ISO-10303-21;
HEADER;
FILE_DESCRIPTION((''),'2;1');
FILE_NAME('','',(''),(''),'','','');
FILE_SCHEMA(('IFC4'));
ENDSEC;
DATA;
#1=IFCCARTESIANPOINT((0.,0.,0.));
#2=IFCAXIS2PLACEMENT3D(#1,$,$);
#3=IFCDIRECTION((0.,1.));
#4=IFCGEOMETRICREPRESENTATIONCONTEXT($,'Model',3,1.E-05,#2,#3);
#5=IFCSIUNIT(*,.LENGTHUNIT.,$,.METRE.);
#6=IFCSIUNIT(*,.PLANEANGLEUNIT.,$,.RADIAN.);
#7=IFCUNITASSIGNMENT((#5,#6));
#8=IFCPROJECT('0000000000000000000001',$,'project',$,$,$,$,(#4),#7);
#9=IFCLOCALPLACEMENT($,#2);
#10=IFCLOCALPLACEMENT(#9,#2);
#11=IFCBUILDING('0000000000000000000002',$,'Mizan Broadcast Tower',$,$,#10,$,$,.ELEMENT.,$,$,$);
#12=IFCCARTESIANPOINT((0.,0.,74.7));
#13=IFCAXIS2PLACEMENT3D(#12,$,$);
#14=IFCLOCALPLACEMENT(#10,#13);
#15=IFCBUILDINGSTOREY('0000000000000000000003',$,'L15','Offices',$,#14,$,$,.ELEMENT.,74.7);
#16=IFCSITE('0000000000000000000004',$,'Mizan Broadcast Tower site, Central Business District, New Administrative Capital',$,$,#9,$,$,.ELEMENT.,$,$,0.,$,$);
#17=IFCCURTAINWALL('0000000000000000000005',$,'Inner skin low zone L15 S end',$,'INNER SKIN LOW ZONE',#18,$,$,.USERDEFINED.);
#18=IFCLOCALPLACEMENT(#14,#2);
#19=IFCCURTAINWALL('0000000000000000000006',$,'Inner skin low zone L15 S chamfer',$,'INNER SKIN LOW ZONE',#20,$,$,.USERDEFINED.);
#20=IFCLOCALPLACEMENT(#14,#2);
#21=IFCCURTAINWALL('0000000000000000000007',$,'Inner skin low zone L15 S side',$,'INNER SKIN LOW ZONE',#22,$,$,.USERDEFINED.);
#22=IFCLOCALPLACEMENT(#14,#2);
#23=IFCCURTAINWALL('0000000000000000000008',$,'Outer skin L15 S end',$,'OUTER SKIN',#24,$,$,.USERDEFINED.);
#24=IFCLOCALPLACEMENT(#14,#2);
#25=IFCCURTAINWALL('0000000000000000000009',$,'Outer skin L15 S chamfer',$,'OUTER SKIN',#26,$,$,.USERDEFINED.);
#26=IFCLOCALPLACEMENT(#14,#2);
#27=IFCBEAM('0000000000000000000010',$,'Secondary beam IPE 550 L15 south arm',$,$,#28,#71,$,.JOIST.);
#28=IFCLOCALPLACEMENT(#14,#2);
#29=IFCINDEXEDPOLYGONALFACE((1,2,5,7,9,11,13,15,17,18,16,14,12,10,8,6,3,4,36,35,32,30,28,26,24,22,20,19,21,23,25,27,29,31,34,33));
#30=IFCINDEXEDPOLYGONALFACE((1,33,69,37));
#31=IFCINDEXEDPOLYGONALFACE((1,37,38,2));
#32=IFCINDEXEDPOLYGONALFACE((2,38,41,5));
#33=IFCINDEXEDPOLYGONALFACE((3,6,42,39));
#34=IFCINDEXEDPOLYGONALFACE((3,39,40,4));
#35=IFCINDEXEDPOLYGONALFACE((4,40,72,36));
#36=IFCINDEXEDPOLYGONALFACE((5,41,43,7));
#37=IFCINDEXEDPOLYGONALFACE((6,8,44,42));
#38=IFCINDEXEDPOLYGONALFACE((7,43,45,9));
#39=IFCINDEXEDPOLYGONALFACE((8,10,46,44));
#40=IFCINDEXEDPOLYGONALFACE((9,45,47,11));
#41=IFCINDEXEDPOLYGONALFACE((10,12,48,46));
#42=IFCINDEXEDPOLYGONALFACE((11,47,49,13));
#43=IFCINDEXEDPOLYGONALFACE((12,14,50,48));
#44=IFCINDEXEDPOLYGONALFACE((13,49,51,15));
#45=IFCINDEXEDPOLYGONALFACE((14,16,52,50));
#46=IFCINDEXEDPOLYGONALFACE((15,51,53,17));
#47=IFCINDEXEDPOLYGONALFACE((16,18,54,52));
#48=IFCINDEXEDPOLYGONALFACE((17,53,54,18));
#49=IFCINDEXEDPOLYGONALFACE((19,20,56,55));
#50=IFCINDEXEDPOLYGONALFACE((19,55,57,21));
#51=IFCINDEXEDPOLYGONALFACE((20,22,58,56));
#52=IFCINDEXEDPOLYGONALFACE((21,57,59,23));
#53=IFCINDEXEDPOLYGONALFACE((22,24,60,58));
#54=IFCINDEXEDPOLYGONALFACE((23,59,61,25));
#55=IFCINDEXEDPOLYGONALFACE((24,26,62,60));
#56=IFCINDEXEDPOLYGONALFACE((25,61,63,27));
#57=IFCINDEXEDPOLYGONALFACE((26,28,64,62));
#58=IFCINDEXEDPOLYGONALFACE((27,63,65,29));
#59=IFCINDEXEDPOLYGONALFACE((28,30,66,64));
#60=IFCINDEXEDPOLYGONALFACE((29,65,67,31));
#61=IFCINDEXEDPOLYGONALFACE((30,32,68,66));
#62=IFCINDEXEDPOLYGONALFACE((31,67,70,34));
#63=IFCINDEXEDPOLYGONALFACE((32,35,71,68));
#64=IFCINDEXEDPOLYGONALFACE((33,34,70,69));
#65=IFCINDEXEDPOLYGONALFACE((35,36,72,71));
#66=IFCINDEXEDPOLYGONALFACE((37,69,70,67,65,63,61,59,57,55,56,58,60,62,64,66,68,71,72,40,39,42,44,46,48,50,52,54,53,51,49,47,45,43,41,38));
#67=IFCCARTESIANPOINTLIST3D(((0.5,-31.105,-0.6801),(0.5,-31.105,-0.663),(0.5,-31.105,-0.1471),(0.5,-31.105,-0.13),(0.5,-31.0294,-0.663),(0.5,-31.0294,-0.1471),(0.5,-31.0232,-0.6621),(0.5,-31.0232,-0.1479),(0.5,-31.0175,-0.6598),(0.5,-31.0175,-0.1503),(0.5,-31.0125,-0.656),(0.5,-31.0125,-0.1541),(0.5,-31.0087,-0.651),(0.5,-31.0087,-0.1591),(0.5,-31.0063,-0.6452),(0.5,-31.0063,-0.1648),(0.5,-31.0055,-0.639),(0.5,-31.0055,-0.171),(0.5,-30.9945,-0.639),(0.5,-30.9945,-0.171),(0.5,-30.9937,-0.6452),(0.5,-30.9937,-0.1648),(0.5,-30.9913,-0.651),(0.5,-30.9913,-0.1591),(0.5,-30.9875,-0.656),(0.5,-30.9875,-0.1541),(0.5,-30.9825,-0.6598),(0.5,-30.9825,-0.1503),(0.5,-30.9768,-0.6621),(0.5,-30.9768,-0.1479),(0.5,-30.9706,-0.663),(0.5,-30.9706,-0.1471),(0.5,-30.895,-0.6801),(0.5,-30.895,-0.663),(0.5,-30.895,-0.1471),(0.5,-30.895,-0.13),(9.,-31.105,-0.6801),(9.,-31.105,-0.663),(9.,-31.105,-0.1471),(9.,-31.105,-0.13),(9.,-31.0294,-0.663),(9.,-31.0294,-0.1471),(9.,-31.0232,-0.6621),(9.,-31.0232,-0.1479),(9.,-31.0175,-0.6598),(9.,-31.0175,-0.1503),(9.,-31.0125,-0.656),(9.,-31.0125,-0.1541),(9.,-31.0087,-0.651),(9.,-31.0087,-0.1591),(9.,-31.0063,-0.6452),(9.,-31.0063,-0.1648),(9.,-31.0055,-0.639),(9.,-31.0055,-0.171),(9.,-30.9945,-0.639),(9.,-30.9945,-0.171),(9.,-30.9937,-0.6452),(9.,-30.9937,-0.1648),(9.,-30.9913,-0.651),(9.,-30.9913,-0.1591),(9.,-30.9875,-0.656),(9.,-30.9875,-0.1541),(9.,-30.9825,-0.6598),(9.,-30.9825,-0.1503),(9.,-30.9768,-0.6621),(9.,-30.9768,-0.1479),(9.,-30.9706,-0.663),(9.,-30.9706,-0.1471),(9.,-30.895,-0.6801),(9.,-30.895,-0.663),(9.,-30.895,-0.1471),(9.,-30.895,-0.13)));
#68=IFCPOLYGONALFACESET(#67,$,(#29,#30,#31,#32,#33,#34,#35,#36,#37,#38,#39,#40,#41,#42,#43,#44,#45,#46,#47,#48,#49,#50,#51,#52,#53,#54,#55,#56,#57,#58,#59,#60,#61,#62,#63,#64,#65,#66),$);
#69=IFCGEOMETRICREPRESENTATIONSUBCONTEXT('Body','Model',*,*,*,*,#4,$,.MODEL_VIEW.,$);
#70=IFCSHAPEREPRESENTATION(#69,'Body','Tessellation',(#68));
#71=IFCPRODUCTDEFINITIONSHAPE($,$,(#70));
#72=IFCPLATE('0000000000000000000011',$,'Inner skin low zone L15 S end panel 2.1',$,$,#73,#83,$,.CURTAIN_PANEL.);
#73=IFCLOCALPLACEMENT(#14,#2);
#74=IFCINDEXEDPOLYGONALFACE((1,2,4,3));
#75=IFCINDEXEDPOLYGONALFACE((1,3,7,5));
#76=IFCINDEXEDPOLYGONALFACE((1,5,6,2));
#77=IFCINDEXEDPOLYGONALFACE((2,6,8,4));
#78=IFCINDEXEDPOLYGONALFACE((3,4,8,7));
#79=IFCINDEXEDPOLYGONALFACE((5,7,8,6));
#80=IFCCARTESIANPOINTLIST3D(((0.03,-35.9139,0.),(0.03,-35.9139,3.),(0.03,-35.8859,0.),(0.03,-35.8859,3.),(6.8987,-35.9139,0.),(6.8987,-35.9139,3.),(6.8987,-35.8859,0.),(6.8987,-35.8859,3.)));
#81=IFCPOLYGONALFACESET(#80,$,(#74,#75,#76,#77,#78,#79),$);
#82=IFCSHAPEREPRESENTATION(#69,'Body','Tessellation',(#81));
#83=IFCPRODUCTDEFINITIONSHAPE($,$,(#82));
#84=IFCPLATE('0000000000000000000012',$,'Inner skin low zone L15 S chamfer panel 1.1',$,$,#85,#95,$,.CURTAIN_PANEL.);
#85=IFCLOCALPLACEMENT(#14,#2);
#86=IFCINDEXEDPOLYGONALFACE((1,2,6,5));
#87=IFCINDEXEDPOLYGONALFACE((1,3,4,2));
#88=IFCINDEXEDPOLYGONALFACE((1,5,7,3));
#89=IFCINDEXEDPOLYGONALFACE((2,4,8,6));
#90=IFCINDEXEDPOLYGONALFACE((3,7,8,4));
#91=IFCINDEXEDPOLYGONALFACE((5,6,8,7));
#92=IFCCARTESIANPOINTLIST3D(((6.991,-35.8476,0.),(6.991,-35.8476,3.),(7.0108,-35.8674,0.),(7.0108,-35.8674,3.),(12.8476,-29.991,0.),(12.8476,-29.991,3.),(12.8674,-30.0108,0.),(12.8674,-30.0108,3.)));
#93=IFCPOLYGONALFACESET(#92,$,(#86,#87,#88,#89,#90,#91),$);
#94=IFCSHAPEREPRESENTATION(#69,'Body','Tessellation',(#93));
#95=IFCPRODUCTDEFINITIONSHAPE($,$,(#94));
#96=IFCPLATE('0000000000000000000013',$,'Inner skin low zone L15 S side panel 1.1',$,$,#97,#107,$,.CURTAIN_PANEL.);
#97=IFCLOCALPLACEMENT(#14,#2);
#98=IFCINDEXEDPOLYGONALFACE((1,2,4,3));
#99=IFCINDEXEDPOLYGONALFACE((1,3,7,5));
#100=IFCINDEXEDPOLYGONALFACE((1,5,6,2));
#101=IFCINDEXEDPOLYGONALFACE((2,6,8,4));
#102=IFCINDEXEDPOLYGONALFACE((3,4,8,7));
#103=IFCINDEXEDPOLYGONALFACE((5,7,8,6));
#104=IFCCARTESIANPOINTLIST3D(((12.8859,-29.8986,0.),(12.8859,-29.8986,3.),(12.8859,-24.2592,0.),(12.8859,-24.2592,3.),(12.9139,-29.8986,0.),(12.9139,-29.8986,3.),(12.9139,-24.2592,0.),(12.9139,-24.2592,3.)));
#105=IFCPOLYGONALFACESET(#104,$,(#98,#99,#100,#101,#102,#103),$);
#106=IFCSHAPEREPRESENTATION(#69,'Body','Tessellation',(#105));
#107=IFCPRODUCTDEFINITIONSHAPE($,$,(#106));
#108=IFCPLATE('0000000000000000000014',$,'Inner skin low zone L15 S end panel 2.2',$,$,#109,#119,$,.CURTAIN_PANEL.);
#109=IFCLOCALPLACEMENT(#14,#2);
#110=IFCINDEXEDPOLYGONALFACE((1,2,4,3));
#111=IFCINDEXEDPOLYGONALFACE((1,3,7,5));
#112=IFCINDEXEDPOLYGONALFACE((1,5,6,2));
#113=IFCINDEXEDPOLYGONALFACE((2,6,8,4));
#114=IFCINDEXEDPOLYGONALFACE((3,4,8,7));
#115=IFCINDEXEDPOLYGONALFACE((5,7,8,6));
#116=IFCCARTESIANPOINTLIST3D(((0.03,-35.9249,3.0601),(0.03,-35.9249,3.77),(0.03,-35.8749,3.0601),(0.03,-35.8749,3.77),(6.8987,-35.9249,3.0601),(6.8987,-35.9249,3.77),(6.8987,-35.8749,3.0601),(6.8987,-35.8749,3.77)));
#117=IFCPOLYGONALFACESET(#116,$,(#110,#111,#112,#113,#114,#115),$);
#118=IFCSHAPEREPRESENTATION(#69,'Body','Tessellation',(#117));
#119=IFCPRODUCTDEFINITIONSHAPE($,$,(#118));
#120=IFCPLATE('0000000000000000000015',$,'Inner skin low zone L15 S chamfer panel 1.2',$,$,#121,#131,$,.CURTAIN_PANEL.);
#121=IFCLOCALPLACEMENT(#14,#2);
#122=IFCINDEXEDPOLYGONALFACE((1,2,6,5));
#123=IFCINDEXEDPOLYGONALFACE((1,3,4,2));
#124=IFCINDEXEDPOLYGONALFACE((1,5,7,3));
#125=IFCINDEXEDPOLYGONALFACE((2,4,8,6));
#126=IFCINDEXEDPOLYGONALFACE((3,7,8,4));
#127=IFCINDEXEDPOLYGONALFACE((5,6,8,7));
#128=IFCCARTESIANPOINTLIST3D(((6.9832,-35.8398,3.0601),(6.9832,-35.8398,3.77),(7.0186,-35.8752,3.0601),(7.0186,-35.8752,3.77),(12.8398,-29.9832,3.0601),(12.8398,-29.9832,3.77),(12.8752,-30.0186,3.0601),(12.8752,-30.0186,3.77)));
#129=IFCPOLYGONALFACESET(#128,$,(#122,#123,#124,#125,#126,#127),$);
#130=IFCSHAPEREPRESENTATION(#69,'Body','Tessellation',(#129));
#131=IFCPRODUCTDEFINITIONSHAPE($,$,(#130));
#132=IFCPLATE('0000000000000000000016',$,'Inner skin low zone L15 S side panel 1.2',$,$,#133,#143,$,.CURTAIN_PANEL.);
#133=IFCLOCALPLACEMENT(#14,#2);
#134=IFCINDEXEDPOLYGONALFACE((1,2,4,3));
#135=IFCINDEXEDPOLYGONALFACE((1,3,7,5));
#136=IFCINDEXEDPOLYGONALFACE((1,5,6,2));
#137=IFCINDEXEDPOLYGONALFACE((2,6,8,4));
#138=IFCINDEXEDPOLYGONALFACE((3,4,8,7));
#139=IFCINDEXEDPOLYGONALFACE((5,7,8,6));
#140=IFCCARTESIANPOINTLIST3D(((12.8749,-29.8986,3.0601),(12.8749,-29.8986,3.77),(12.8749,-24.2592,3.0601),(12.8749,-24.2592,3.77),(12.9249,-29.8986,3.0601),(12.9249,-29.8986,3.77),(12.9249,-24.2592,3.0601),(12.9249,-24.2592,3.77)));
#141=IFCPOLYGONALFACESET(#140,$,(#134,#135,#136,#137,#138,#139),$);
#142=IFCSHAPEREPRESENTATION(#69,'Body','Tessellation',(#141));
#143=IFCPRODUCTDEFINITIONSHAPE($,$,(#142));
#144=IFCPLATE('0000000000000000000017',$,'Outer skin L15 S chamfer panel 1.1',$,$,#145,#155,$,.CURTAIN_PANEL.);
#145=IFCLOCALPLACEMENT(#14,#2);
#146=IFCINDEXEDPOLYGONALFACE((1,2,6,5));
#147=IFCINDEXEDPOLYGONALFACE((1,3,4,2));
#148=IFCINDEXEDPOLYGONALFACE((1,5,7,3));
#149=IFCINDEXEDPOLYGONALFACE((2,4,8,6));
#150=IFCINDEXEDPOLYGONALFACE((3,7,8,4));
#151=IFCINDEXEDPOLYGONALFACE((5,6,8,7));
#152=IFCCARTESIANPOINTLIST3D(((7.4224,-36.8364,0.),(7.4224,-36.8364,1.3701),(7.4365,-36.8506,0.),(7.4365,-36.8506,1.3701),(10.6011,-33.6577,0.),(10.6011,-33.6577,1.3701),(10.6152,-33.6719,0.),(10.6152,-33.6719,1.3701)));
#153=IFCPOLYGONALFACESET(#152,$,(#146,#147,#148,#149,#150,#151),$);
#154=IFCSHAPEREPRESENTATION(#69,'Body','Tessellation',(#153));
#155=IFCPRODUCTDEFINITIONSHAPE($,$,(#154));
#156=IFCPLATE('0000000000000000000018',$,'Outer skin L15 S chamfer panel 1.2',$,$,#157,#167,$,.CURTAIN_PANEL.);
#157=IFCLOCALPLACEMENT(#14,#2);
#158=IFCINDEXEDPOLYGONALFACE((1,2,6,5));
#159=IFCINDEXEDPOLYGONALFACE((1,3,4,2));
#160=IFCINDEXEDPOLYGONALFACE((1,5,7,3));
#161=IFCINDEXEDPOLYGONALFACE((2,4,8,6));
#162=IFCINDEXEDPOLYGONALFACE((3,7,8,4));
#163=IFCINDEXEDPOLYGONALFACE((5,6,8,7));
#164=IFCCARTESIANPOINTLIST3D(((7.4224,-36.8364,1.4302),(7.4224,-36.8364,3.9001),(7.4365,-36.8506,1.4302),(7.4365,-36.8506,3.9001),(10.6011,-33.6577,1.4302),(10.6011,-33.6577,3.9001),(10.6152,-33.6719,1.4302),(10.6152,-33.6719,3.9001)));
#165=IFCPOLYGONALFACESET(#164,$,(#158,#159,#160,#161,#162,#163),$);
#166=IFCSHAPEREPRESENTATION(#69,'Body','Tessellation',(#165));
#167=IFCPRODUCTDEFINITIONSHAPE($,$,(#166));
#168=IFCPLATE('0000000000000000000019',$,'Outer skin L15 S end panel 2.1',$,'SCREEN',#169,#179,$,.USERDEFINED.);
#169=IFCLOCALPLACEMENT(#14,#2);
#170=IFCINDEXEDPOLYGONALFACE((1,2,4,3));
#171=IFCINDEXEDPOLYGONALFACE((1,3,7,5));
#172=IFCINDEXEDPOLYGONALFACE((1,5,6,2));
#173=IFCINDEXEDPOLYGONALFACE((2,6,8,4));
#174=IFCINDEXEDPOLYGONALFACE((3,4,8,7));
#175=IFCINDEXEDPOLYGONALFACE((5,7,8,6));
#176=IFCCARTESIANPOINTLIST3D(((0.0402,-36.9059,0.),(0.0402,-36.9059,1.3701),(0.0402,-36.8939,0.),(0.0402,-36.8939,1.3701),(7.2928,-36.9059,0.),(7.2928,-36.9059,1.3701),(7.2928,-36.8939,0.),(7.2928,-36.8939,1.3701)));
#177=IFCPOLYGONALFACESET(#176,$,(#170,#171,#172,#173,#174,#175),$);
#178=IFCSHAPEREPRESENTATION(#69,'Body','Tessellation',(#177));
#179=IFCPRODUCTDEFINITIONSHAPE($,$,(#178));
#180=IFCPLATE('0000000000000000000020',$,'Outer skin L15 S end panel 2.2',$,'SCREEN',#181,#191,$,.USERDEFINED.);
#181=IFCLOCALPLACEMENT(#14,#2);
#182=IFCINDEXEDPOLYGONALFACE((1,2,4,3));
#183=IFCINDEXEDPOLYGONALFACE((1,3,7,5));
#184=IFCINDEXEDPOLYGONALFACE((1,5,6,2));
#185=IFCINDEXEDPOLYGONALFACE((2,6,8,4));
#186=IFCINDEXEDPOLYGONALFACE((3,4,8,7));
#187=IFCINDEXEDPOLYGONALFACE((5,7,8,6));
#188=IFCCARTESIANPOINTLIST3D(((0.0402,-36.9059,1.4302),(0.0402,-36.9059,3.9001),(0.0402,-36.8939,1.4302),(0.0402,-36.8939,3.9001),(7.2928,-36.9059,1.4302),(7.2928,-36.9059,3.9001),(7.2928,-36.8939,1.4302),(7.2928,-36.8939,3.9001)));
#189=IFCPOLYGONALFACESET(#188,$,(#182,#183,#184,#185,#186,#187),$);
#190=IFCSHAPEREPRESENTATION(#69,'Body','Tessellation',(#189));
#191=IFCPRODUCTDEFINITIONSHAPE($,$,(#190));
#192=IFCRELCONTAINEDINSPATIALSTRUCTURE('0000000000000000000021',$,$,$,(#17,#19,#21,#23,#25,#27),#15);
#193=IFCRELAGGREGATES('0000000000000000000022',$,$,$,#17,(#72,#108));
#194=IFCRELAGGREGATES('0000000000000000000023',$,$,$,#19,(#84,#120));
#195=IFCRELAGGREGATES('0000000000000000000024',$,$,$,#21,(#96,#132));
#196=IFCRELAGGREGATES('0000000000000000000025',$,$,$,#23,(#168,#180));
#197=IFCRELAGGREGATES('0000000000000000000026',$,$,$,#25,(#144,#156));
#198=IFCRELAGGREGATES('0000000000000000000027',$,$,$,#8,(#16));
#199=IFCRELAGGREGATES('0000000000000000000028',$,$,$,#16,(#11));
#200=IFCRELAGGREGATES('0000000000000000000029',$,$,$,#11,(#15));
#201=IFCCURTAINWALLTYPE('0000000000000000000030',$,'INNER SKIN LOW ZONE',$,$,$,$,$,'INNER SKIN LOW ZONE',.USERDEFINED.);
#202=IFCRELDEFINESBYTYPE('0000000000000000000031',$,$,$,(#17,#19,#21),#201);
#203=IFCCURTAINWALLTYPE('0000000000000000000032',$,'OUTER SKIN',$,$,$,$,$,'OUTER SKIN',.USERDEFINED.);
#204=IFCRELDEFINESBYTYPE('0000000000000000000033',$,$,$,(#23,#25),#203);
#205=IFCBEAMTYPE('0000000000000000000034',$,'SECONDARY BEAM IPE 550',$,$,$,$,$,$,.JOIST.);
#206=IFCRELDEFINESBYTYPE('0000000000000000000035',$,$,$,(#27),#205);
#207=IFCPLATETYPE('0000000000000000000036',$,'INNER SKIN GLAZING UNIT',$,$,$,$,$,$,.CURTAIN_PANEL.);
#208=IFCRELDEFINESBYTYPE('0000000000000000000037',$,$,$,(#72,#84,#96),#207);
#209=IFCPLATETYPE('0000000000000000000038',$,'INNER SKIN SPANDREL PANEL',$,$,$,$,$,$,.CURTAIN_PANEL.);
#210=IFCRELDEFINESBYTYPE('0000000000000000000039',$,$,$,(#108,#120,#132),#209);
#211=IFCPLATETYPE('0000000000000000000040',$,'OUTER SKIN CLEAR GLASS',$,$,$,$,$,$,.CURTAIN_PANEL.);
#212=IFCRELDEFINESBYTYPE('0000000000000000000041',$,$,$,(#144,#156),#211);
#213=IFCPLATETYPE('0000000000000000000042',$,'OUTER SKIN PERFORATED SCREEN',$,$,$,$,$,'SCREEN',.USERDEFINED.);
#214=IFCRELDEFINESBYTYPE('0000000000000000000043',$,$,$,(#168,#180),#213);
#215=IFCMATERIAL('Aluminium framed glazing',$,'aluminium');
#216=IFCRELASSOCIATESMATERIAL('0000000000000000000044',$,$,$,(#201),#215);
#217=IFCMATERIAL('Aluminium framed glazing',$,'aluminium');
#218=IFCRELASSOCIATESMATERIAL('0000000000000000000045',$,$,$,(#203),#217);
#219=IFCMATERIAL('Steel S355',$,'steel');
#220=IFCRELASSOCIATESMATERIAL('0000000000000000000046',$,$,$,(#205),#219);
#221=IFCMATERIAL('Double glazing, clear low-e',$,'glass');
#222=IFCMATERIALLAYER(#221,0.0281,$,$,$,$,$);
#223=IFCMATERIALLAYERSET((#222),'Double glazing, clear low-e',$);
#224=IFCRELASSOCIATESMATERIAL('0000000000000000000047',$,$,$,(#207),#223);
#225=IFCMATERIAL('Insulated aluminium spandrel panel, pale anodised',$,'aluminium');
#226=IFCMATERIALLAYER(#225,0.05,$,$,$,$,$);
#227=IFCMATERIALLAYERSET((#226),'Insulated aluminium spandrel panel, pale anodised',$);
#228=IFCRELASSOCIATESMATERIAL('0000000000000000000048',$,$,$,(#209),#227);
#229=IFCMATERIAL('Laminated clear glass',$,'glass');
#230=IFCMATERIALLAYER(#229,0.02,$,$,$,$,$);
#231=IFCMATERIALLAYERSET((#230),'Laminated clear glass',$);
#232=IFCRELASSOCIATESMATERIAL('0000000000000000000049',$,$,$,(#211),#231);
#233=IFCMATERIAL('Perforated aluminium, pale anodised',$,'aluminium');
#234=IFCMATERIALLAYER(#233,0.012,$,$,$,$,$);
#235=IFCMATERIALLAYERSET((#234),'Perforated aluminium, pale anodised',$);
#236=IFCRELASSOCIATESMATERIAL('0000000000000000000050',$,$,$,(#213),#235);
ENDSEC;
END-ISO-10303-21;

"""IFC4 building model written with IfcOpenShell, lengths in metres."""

from ifc_helpers import new_model, si_unit, direction, frame, origin, origin_2d, place, context, subcontext, project, spatial, rectangle, i_section, extrude, material, layer, layer_set, material_profile, profile_set, type_object, element, aggregate, save


model = new_model("IFC4")

# Units and contexts
model_context = context("Model", 3, precision=1e-05, world=origin(), true_north=direction((0.0, 1.0)))
body_context = subcontext(model_context, "Body", "Model", "MODEL_VIEW")
ifc_project = project(units=[si_unit("LENGTHUNIT", "METRE"), si_unit("PLANEANGLEUNIT", "RADIAN")], contexts=[model_context])

# Site, building, storey
site_placement = place(None, origin())
site = spatial("IfcSite", under=ifc_project, at=site_placement, Name="Mizan Broadcast Tower site, Central Business District, New Administrative Capital", CompositionType="ELEMENT", RefElevation=0.0)
building_placement = place(site_placement, origin())
building = spatial("IfcBuilding", under=site, at=building_placement, Name="Mizan Broadcast Tower", CompositionType="ELEMENT")
storey_placement = place(building_placement, frame((0.0, 0.0, 74.7)))
storey = spatial("IfcBuildingStorey", under=building, at=storey_placement, Name="L15", Description="Offices", CompositionType="ELEMENT", Elevation=74.7)

# Curtain wall
ifc_material_1 = material(Name="Aluminium framed glazing", Category="aluminium")
curtain_wall_type_1 = type_object("IfcCurtainWallType", Name="INNER SKIN LOW ZONE", ElementType="INNER SKIN LOW ZONE", PredefinedType="USERDEFINED", material=ifc_material_1)
curtain_wall_1_placement = place(storey_placement, origin())
curtain_wall_1 = element("IfcCurtainWall", 1, at=curtain_wall_1_placement, inside=storey, type_object=curtain_wall_type_1, Name="Inner skin low zone L15 S end", ObjectType="INNER SKIN LOW ZONE", PredefinedType="USERDEFINED")

# Curtain walls
curtain_wall_2_placement = place(storey_placement, origin())
curtain_wall_2 = element("IfcCurtainWall", 2, at=curtain_wall_2_placement, inside=storey, type_object=curtain_wall_type_1, Name="Inner skin low zone L15 S chamfer", ObjectType="INNER SKIN LOW ZONE", PredefinedType="USERDEFINED")
curtain_wall_3_placement = place(storey_placement, origin())
curtain_wall_3 = element("IfcCurtainWall", 3, at=curtain_wall_3_placement, inside=storey, type_object=curtain_wall_type_1, Name="Inner skin low zone L15 S side", ObjectType="INNER SKIN LOW ZONE", PredefinedType="USERDEFINED")

# Curtain wall
ifc_material_2 = material(Name="Aluminium framed glazing", Category="aluminium")
curtain_wall_type_2 = type_object("IfcCurtainWallType", Name="OUTER SKIN", ElementType="OUTER SKIN", PredefinedType="USERDEFINED", material=ifc_material_2)
curtain_wall_4_placement = place(storey_placement, origin())
curtain_wall_4 = element("IfcCurtainWall", 4, at=curtain_wall_4_placement, inside=storey, type_object=curtain_wall_type_2, Name="Outer skin L15 S end", ObjectType="OUTER SKIN", PredefinedType="USERDEFINED")

# Curtain wall
curtain_wall_5_placement = place(storey_placement, origin())
curtain_wall_5 = element("IfcCurtainWall", 5, at=curtain_wall_5_placement, inside=storey, type_object=curtain_wall_type_2, Name="Outer skin L15 S chamfer", ObjectType="OUTER SKIN", PredefinedType="USERDEFINED")

# Beam
ifc_material_3 = material(Name="Steel S355", Category="steel")
ifc_material_profile_1 = material_profile(ifc_material_3, i_section(OverallWidth=0.21, OverallDepth=0.55, WebThickness=0.011, FlangeThickness=0.0171, FilletRadius=0.0239, at=origin_2d()), Name="IPE 550")
ifc_profile_set_1 = profile_set([ifc_material_profile_1], Name="Steel S355")
beam_type_1 = type_object("IfcBeamType", Name="SECONDARY BEAM IPE 550", PredefinedType="JOIST", material=ifc_profile_set_1)
beam_1_placement = place(storey_placement, frame((9.0, -31.0, -0.405), z_axis=(-1.0, 0.0, 0.0), x_axis=(0.0, -1.0, 0.0)))
element("IfcBeam", 6, at=beam_1_placement, inside=storey, type_object=beam_type_1, Name="Secondary beam IPE 550 L15 south arm", PredefinedType="JOIST", context=body_context, shape_type="SweptSolid", body=[
    extrude(i_section(OverallWidth=0.21, OverallDepth=0.55, WebThickness=0.011, FlangeThickness=0.0171, FilletRadius=0.0239, at=origin_2d()), origin(), (0.0, 0.0, 1.0), 8.5),
])

# Plates
ifc_material_4 = material(Name="Double glazing, clear low-e", Category="glass")
ifc_layer_1 = layer(ifc_material_4, 0.0281)
ifc_layer_set_1 = layer_set([ifc_layer_1], Name="Double glazing, clear low-e")
plate_type_1 = type_object("IfcPlateType", Name="INNER SKIN GLAZING UNIT", PredefinedType="CURTAIN_PANEL", material=ifc_layer_set_1)
plate_1_placement = place(storey_placement, frame((3.4644, -35.8999, 0.0), z_axis=(0.0, 0.0, 1.0), x_axis=(1.0, 0.0, 0.0)))
plate_1 = element("IfcPlate", 7, at=plate_1_placement, type_object=plate_type_1, Name="Inner skin low zone L15 S end panel 2.1", PredefinedType="CURTAIN_PANEL", context=body_context, shape_type="SweptSolid", body=[
    extrude(rectangle(XDim=6.8687, YDim=0.0281, at=origin_2d()), origin(), (0.0, 0.0, 1.0), 3.0),
])
plate_2_placement = place(storey_placement, frame((9.9292, -32.9292, 0.0), z_axis=(0.0, 0.0, 1.0), x_axis=(0.707107, 0.707107, 0.0)))
plate_2 = element("IfcPlate", 8, at=plate_2_placement, type_object=plate_type_1, Name="Inner skin low zone L15 S chamfer panel 1.1", PredefinedType="CURTAIN_PANEL", context=body_context, shape_type="SweptSolid", body=[
    extrude(rectangle(XDim=8.2825, YDim=0.0281, at=origin_2d()), origin(), (0.0, 0.0, 1.0), 3.0),
])
plate_3_placement = place(storey_placement, frame((12.8999, -27.0789, 0.0), z_axis=(0.0, 0.0, 1.0), x_axis=(0.0, 1.0, 0.0)))
plate_3 = element("IfcPlate", 9, at=plate_3_placement, type_object=plate_type_1, Name="Inner skin low zone L15 S side panel 1.1", PredefinedType="CURTAIN_PANEL", context=body_context, shape_type="SweptSolid", body=[
    extrude(rectangle(XDim=5.6394, YDim=0.0281, at=origin_2d()), origin(), (0.0, 0.0, 1.0), 3.0),
])
ifc_material_5 = material(Name="Insulated aluminium spandrel panel, pale anodised", Category="aluminium")
ifc_layer_2 = layer(ifc_material_5, 0.05)
ifc_layer_set_2 = layer_set([ifc_layer_2], Name="Insulated aluminium spandrel panel, pale anodised")
plate_type_2 = type_object("IfcPlateType", Name="INNER SKIN SPANDREL PANEL", PredefinedType="CURTAIN_PANEL", material=ifc_layer_set_2)
plate_4_placement = place(storey_placement, frame((3.4644, -35.8999, 3.0601), z_axis=(0.0, 0.0, 1.0), x_axis=(1.0, 0.0, 0.0)))
plate_4 = element("IfcPlate", 10, at=plate_4_placement, type_object=plate_type_2, Name="Inner skin low zone L15 S end panel 2.2", PredefinedType="CURTAIN_PANEL", context=body_context, shape_type="SweptSolid", body=[
    extrude(rectangle(XDim=6.8687, YDim=0.05, at=origin_2d()), origin(), (0.0, 0.0, 1.0), 0.71),
])
aggregate(curtain_wall_1, [plate_1, plate_4])
plate_5_placement = place(storey_placement, frame((9.9292, -32.9292, 3.0601), z_axis=(0.0, 0.0, 1.0), x_axis=(0.707107, 0.707107, 0.0)))
plate_5 = element("IfcPlate", 11, at=plate_5_placement, type_object=plate_type_2, Name="Inner skin low zone L15 S chamfer panel 1.2", PredefinedType="CURTAIN_PANEL", context=body_context, shape_type="SweptSolid", body=[
    extrude(rectangle(XDim=8.2825, YDim=0.05, at=origin_2d()), origin(), (0.0, 0.0, 1.0), 0.71),
])
aggregate(curtain_wall_2, [plate_2, plate_5])
plate_6_placement = place(storey_placement, frame((12.8999, -27.0789, 3.0601), z_axis=(0.0, 0.0, 1.0), x_axis=(0.0, 1.0, 0.0)))
plate_6 = element("IfcPlate", 12, at=plate_6_placement, type_object=plate_type_2, Name="Inner skin low zone L15 S side panel 1.2", PredefinedType="CURTAIN_PANEL", context=body_context, shape_type="SweptSolid", body=[
    extrude(rectangle(XDim=5.6394, YDim=0.05, at=origin_2d()), origin(), (0.0, 0.0, 1.0), 0.71),
])
aggregate(curtain_wall_3, [plate_3, plate_6])
ifc_material_6 = material(Name="Laminated clear glass", Category="glass")
ifc_layer_3 = layer(ifc_material_6, 0.02)
ifc_layer_set_3 = layer_set([ifc_layer_3], Name="Laminated clear glass")
plate_type_3 = type_object("IfcPlateType", Name="OUTER SKIN CLEAR GLASS", PredefinedType="CURTAIN_PANEL", material=ifc_layer_set_3)
plate_7_placement = place(storey_placement, frame((9.0188, -35.2542, 0.0), z_axis=(0.0, 0.0, 1.0), x_axis=(0.707107, 0.707107, 0.0)))
plate_7 = element("IfcPlate", 13, at=plate_7_placement, type_object=plate_type_3, Name="Outer skin L15 S chamfer panel 1.1", PredefinedType="CURTAIN_PANEL", context=body_context, shape_type="SweptSolid", body=[
    extrude(rectangle(XDim=4.4954, YDim=0.02, at=origin_2d()), origin(), (0.0, 0.0, 1.0), 1.3701),
])
plate_8_placement = place(storey_placement, frame((9.0188, -35.2542, 1.4302), z_axis=(0.0, 0.0, 1.0), x_axis=(0.707107, 0.707107, 0.0)))
plate_8 = element("IfcPlate", 14, at=plate_8_placement, type_object=plate_type_3, Name="Outer skin L15 S chamfer panel 1.2", PredefinedType="CURTAIN_PANEL", context=body_context, shape_type="SweptSolid", body=[
    extrude(rectangle(XDim=4.4954, YDim=0.02, at=origin_2d()), origin(), (0.0, 0.0, 1.0), 2.47),
])
ifc_material_7 = material(Name="Perforated aluminium, pale anodised", Category="aluminium")
ifc_layer_4 = layer(ifc_material_7, 0.012)
ifc_layer_set_4 = layer_set([ifc_layer_4], Name="Perforated aluminium, pale anodised")
plate_type_4 = type_object("IfcPlateType", Name="OUTER SKIN PERFORATED SCREEN", ElementType="SCREEN", PredefinedType="USERDEFINED", material=ifc_layer_set_4)
plate_9_placement = place(storey_placement, frame((3.6665, -36.8999, 0.0), z_axis=(0.0, 0.0, 1.0), x_axis=(1.0, 0.0, 0.0)))
plate_9 = element("IfcPlate", 15, at=plate_9_placement, type_object=plate_type_4, Name="Outer skin L15 S end panel 2.1", ObjectType="SCREEN", PredefinedType="USERDEFINED", context=body_context, shape_type="SweptSolid", body=[
    extrude(rectangle(XDim=7.2527, YDim=0.012, at=origin_2d()), origin(), (0.0, 0.0, 1.0), 1.3701),
])
plate_10_placement = place(storey_placement, frame((3.6665, -36.8999, 1.4302), z_axis=(0.0, 0.0, 1.0), x_axis=(1.0, 0.0, 0.0)))
plate_10 = element("IfcPlate", 16, at=plate_10_placement, type_object=plate_type_4, Name="Outer skin L15 S end panel 2.2", ObjectType="SCREEN", PredefinedType="USERDEFINED", context=body_context, shape_type="SweptSolid", body=[
    extrude(rectangle(XDim=7.2527, YDim=0.012, at=origin_2d()), origin(), (0.0, 0.0, 1.0), 2.47),
])
aggregate(curtain_wall_4, [plate_9, plate_10])
aggregate(curtain_wall_5, [plate_7, plate_8])

save(model, "model.ifc")
